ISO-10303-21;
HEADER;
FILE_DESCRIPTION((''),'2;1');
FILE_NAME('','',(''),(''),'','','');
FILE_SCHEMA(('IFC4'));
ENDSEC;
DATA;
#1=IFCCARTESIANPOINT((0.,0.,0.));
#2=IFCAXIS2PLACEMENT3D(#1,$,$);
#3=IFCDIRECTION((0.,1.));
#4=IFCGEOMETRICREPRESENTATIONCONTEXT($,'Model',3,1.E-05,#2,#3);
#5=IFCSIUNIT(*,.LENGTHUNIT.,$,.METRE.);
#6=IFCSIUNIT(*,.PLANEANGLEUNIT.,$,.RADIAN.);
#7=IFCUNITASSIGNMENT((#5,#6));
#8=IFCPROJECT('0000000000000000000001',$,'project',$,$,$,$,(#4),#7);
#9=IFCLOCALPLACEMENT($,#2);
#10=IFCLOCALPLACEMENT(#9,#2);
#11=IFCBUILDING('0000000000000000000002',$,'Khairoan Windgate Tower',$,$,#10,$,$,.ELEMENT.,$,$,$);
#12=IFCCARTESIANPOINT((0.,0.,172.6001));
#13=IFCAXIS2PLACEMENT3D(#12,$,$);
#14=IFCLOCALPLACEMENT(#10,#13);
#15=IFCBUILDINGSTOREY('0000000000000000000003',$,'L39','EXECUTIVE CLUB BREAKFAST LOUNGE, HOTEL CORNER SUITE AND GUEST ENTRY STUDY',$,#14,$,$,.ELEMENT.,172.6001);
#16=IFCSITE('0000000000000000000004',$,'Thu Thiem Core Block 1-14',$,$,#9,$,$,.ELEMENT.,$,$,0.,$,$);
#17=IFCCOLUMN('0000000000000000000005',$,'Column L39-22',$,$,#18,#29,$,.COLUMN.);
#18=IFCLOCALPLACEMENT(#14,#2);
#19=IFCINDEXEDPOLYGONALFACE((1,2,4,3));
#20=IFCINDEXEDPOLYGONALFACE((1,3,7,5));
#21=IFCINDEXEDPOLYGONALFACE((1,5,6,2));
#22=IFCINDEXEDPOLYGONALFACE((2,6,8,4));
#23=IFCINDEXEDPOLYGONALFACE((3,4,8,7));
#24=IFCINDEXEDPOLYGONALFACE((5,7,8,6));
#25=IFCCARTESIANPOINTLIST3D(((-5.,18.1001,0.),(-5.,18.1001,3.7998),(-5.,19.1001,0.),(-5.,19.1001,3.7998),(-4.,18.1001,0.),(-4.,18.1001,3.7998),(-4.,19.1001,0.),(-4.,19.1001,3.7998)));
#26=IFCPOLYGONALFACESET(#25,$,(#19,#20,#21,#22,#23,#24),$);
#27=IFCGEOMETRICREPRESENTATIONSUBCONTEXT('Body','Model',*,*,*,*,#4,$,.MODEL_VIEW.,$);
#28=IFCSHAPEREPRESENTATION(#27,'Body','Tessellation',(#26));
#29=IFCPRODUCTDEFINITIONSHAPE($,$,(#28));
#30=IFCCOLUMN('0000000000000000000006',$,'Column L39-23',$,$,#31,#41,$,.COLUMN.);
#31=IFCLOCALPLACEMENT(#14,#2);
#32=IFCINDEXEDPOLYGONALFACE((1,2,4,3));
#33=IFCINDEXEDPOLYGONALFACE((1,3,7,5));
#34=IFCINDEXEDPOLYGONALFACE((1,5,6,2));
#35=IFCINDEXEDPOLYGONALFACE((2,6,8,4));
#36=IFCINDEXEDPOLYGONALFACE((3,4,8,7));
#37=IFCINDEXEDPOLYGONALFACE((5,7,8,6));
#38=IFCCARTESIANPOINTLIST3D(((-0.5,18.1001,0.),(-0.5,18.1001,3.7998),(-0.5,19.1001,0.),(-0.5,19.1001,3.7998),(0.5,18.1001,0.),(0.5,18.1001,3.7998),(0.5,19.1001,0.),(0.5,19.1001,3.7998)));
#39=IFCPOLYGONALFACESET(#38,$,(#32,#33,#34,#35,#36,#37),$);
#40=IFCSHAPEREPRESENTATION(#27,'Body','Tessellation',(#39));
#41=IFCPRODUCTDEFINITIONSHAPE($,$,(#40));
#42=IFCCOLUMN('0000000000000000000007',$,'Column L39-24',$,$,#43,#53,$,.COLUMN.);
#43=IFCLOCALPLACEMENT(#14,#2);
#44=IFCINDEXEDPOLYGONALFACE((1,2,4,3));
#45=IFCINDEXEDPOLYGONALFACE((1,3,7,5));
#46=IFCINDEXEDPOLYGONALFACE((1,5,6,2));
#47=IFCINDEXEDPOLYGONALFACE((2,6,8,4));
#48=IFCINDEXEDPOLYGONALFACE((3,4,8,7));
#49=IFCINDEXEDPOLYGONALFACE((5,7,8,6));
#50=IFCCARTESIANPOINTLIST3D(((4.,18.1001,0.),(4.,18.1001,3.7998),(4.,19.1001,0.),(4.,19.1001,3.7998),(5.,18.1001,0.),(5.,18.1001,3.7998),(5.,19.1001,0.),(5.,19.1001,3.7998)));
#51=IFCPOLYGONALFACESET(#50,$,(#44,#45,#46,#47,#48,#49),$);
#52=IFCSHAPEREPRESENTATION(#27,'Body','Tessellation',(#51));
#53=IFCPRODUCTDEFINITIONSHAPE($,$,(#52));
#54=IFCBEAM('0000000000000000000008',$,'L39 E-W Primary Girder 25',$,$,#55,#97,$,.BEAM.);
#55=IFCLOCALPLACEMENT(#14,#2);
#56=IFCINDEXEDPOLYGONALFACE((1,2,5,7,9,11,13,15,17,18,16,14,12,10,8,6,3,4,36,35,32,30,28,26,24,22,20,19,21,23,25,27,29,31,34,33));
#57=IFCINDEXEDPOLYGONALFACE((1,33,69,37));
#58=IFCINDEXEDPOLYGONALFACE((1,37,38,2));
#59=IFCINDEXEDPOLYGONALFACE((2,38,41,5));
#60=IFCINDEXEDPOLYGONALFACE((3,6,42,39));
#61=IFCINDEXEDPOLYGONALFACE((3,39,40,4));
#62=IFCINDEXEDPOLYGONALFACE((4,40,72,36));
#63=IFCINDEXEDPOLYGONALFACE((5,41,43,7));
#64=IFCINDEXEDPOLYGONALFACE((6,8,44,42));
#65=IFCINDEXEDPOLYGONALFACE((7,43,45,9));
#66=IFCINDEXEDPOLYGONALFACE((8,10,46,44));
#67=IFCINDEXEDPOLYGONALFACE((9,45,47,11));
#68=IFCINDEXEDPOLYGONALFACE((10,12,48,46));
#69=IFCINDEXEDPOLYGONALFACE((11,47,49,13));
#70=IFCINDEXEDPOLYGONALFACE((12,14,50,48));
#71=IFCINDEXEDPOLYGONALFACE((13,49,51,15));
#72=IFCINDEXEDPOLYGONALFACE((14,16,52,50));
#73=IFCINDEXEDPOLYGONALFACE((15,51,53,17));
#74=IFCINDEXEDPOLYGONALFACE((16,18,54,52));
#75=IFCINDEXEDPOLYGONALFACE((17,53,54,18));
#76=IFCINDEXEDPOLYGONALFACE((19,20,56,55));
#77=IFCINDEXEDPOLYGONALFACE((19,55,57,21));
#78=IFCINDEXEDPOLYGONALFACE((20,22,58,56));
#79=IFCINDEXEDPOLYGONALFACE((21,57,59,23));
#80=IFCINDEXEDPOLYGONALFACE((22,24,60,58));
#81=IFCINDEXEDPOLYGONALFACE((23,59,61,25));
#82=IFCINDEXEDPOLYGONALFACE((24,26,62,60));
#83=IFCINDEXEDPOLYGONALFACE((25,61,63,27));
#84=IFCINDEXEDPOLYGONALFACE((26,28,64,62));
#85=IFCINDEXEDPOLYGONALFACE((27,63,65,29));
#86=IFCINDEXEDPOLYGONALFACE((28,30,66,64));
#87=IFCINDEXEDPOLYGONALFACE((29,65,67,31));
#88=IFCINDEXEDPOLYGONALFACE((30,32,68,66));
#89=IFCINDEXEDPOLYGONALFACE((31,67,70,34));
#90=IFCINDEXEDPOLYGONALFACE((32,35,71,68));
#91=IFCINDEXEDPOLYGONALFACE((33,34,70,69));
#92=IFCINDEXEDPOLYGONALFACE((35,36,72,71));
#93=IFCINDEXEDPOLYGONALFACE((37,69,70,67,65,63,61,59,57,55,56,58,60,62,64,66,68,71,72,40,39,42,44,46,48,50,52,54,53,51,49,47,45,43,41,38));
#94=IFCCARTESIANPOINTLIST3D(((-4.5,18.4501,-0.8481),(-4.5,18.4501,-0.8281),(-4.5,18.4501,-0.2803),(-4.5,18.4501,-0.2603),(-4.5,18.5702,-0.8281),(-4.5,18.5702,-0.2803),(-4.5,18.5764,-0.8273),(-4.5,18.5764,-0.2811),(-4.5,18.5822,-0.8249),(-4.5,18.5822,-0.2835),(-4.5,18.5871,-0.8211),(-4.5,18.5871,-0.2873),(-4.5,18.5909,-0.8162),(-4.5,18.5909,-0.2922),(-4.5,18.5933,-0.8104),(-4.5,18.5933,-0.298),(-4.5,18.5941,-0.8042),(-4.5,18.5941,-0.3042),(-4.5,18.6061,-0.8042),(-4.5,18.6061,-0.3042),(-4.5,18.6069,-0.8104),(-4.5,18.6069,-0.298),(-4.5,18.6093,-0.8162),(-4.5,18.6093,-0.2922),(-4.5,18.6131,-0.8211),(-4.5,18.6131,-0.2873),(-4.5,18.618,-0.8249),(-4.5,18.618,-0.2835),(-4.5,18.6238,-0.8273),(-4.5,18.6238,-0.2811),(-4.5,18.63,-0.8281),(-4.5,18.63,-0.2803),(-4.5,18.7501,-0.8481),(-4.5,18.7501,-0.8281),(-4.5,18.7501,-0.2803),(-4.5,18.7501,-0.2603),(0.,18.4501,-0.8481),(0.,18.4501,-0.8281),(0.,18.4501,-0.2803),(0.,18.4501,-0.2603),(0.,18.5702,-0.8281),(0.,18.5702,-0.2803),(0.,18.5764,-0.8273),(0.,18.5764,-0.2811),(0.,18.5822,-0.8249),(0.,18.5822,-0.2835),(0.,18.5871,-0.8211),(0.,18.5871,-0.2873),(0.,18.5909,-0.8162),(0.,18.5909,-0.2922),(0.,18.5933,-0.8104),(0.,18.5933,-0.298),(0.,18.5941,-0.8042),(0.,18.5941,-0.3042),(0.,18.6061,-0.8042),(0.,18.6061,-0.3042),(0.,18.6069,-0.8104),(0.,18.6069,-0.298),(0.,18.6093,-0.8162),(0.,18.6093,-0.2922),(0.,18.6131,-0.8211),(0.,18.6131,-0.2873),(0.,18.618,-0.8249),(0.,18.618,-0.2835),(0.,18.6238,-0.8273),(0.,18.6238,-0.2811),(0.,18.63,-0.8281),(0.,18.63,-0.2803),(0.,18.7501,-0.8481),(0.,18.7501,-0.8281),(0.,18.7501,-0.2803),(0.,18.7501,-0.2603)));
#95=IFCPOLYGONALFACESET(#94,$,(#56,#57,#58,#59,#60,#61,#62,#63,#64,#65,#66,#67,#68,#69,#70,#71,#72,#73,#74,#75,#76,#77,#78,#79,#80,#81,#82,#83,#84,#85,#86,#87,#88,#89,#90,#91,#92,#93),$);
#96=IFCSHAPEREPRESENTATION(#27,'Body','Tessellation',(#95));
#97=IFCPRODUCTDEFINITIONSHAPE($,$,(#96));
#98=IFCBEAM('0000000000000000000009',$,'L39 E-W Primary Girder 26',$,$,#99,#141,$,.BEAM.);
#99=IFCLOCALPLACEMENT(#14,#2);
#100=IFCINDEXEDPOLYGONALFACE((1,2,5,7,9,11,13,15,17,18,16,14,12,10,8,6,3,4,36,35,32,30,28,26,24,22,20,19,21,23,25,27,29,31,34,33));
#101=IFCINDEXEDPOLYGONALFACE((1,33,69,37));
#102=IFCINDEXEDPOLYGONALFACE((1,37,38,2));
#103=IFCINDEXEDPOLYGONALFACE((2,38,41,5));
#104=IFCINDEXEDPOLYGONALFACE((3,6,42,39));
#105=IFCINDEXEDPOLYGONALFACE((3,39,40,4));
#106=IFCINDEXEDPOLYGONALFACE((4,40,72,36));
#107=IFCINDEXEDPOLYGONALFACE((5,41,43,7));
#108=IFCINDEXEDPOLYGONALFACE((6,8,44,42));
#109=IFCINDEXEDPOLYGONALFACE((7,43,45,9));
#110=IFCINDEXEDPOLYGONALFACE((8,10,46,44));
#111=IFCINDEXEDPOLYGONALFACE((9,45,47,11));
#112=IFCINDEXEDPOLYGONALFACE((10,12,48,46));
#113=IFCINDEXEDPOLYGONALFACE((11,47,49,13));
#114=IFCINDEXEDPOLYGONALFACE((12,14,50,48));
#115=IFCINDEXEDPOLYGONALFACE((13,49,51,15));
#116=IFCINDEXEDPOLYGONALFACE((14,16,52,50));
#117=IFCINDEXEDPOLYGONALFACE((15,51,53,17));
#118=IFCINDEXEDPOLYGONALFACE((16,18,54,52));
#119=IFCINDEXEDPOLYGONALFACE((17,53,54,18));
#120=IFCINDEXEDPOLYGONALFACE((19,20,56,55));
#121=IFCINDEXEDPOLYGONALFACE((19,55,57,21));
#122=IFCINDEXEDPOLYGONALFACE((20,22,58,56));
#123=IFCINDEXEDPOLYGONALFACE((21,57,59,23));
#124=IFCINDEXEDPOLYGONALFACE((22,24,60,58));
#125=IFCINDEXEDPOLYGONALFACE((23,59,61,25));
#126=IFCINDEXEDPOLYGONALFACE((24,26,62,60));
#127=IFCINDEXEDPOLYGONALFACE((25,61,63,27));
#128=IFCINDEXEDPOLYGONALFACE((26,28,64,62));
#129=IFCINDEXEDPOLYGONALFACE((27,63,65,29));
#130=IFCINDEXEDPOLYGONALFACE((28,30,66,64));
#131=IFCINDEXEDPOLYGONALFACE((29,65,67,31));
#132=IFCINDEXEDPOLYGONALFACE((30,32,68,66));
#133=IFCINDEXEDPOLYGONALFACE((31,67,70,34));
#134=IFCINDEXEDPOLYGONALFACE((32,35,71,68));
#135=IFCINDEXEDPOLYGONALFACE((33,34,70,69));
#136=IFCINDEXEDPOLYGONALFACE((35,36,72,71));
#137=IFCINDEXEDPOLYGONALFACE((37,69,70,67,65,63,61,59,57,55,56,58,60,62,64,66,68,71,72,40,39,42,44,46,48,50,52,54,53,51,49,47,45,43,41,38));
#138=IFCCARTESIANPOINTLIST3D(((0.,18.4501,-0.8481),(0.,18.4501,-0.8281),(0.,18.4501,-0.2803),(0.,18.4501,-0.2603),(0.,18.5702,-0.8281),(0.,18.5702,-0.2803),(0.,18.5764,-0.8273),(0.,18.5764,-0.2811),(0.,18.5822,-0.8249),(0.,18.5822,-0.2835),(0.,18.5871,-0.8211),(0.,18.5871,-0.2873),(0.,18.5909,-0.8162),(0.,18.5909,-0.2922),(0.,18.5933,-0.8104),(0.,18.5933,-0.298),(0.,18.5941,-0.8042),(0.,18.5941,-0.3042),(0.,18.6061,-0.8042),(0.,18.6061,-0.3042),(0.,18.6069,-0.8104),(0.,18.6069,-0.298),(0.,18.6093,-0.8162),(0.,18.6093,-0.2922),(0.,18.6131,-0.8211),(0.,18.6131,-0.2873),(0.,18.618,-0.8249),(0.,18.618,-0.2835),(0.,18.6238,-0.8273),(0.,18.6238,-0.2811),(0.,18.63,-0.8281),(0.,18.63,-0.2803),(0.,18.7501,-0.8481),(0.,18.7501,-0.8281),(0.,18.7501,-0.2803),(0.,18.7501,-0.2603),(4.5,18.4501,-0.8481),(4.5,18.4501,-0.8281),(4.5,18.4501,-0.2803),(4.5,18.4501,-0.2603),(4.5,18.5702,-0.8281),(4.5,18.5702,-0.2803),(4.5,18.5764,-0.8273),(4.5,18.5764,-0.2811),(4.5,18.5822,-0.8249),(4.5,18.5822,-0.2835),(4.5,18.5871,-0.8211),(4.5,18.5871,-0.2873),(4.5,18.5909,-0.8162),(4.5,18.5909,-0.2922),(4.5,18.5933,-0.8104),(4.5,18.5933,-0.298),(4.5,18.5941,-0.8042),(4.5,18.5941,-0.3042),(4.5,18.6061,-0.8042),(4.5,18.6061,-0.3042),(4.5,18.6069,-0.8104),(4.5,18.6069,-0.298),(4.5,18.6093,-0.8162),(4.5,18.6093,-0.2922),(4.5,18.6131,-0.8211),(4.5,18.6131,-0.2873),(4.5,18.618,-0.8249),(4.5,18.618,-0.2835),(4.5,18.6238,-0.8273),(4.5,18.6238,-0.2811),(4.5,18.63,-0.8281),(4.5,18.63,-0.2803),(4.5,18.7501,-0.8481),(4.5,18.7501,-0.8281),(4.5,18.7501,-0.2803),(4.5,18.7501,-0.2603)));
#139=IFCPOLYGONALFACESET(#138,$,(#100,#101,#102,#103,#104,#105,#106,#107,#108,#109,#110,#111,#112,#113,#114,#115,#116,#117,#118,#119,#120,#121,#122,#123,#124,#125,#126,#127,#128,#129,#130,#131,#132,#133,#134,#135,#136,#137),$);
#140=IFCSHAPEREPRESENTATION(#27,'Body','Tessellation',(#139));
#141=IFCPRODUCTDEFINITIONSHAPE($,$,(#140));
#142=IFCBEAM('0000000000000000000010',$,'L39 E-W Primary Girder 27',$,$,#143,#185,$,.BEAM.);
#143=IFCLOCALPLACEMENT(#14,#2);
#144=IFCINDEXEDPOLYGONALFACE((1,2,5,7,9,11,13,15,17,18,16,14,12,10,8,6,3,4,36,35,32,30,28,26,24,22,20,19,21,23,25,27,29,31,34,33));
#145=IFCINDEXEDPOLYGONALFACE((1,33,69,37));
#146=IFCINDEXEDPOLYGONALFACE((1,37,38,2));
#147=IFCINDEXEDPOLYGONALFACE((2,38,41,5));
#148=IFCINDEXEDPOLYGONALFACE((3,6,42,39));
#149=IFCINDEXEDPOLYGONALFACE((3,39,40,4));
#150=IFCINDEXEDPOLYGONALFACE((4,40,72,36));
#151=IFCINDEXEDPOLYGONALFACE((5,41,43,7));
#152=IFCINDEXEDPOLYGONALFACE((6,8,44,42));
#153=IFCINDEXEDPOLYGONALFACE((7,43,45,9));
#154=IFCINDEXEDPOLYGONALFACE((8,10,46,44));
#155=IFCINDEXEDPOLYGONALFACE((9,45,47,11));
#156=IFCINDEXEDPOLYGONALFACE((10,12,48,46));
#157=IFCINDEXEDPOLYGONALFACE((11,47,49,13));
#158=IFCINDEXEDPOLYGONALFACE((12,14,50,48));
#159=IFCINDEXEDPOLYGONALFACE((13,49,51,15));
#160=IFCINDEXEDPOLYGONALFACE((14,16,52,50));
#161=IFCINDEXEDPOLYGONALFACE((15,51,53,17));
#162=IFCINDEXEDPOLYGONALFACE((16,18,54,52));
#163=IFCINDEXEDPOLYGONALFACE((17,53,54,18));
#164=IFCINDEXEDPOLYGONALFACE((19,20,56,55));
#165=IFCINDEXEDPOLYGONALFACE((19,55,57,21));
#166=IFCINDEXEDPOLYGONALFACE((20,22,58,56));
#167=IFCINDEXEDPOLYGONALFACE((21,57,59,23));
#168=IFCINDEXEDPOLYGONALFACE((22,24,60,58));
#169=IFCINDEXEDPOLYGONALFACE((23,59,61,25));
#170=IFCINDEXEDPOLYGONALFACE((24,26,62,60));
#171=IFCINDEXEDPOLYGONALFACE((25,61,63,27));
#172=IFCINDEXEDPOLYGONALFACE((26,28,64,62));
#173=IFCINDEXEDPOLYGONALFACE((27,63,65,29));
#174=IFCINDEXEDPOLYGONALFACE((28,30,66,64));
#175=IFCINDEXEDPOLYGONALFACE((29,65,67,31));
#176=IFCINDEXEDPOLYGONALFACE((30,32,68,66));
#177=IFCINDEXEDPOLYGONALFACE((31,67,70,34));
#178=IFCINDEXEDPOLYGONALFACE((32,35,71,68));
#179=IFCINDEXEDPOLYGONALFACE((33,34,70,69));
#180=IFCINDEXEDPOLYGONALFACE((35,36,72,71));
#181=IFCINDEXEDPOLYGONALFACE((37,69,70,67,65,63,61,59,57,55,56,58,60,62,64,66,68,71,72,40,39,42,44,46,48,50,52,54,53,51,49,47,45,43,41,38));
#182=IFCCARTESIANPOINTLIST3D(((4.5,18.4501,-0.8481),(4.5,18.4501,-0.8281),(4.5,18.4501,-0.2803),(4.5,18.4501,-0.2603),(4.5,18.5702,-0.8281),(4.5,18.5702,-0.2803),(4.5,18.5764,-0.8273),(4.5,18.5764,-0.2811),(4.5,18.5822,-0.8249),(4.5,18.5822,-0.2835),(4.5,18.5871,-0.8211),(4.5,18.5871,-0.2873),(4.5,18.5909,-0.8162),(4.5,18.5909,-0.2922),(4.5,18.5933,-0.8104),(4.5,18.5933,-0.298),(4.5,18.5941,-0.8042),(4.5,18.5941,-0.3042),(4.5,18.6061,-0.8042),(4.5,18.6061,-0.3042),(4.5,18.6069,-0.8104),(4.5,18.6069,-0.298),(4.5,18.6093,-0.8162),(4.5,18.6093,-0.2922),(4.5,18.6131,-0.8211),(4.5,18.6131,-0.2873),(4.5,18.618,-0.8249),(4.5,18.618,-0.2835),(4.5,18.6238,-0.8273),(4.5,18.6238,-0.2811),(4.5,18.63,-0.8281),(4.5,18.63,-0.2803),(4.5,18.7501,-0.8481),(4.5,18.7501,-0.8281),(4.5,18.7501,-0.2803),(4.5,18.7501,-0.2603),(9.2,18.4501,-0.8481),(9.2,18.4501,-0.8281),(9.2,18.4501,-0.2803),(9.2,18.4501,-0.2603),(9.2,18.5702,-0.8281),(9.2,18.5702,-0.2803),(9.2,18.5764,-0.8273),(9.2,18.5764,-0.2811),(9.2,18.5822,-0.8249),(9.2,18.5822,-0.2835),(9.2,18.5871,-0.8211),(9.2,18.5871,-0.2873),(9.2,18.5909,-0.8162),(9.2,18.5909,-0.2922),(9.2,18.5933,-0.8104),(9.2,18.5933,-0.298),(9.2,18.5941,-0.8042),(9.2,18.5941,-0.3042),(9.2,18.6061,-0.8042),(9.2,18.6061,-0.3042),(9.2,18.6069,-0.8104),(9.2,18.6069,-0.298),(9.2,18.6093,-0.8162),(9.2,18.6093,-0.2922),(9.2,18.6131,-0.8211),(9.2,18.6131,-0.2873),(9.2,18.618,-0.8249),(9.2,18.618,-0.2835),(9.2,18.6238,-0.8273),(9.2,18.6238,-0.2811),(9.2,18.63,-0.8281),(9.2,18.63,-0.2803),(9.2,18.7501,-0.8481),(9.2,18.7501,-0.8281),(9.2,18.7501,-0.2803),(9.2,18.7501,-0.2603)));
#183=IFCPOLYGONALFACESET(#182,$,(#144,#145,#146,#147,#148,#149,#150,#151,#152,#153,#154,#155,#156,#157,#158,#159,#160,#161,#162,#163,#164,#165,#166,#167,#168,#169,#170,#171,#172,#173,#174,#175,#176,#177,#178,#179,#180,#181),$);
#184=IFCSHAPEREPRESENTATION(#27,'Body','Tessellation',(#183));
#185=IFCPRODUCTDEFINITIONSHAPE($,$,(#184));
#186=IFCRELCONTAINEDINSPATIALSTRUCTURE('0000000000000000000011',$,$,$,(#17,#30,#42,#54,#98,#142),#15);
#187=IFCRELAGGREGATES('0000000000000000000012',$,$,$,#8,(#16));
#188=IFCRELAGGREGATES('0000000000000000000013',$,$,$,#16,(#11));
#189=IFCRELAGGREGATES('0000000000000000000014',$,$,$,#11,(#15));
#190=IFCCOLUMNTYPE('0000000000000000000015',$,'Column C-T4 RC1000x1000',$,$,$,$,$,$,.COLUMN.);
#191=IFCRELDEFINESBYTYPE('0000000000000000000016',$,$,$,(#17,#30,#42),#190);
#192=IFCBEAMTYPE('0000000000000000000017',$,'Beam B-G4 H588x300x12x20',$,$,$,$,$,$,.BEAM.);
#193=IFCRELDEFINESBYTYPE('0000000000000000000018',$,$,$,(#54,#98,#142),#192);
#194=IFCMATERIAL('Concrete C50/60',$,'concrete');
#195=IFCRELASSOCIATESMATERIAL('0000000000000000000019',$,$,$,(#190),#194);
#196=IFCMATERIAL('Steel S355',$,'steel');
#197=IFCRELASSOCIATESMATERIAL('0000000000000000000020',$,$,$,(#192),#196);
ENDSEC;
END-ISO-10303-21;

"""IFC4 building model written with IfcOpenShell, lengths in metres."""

from ifc_helpers import new_model, si_unit, direction, frame, origin, origin_2d, place, context, subcontext, project, spatial, rectangle, i_section, extrude, material, material_profile, profile_set, type_object, element, save


model = new_model("IFC4")

# Units and contexts
model_context = context("Model", 3, precision=1e-05, world=origin(), true_north=direction((0.0, 1.0)))
body_context = subcontext(model_context, "Body", "Model", "MODEL_VIEW")
ifc_project = project(units=[si_unit("LENGTHUNIT", "METRE"), si_unit("PLANEANGLEUNIT", "RADIAN")], contexts=[model_context])

# Site, building, storey
site_placement = place(None, origin())
site = spatial("IfcSite", under=ifc_project, at=site_placement, Name="Thu Thiem Core Block 1-14", CompositionType="ELEMENT", RefElevation=0.0)
building_placement = place(site_placement, origin())
building = spatial("IfcBuilding", under=site, at=building_placement, Name="Khairoan Windgate Tower", CompositionType="ELEMENT")
storey_placement = place(building_placement, frame((0.0, 0.0, 172.6001)))
storey = spatial("IfcBuildingStorey", under=building, at=storey_placement, Name="L39", Description="EXECUTIVE CLUB BREAKFAST LOUNGE, HOTEL CORNER SUITE AND GUEST ENTRY STUDY", CompositionType="ELEMENT", Elevation=172.6001)

# Columns
ifc_material_1 = material(Name="Concrete C50/60", Category="concrete")
ifc_material_profile_1 = material_profile(ifc_material_1, rectangle(XDim=1.0, YDim=1.0, at=origin_2d()))
ifc_profile_set_1 = profile_set([ifc_material_profile_1], Name="Concrete C50/60")
column_type = type_object("IfcColumnType", Name="Column C-T4 RC1000x1000", PredefinedType="COLUMN", material=ifc_profile_set_1)
for number, where, z_axis, x_axis, name in (
    (1, (-4.5, 18.6001, 0.0), (0.0, 0.0, 1.0), (1.0, 0.0, 0.0), "Column L39-22"),
    (2, (0.0, 18.6001, 0.0), (0.0, 0.0, 1.0), (1.0, 0.0, 0.0), "Column L39-23"),
    (3, (4.5, 18.6001, 0.0), (0.0, 0.0, 1.0), (1.0, 0.0, 0.0), "Column L39-24"),
):
    element("IfcColumn", number, at=place(storey_placement, frame(where, z_axis=z_axis, x_axis=x_axis)), inside=storey, type_object=column_type, Name=name, PredefinedType="COLUMN", context=body_context, shape_type="SweptSolid", body=[
        extrude(rectangle(XDim=1.0, YDim=1.0, at=origin_2d()), origin(), (0.0, 0.0, 1.0), 3.7998),
    ])

# Beams
ifc_material_2 = material(Name="Steel S355", Category="steel")
ifc_material_profile_2 = material_profile(ifc_material_2, i_section(OverallWidth=0.3, OverallDepth=0.5879, WebThickness=0.012, FlangeThickness=0.02, FilletRadius=0.0239, at=origin_2d()))
ifc_profile_set_2 = profile_set([ifc_material_profile_2], Name="Steel S355")
beam_type = type_object("IfcBeamType", Name="Beam B-G4 H588x300x12x20", PredefinedType="BEAM", material=ifc_profile_set_2)
for number, where, z_axis, x_axis, name in (
    (4, (-4.5, 18.6001, -0.5542), (1.0, 0.0, 0.0), (0.0, 1.0, 0.0), "L39 E-W Primary Girder 25"),
    (5, (0.0, 18.6001, -0.5542), (1.0, 0.0, 0.0), (0.0, 1.0, 0.0), "L39 E-W Primary Girder 26"),
):
    element("IfcBeam", number, at=place(storey_placement, frame(where, z_axis=z_axis, x_axis=x_axis)), inside=storey, type_object=beam_type, Name=name, PredefinedType="BEAM", context=body_context, shape_type="SweptSolid", body=[
        extrude(i_section(OverallWidth=0.3, OverallDepth=0.5879, WebThickness=0.012, FlangeThickness=0.02, FilletRadius=0.0239, at=origin_2d()), origin(), (0.0, 0.0, 1.0), 4.5),
    ])
beam_placement = place(storey_placement, frame((4.5, 18.6001, -0.5542), z_axis=(1.0, 0.0, 0.0), x_axis=(0.0, 1.0, 0.0)))
element("IfcBeam", 6, at=beam_placement, inside=storey, type_object=beam_type, Name="L39 E-W Primary Girder 27", PredefinedType="BEAM", context=body_context, shape_type="SweptSolid", body=[
    extrude(i_section(OverallWidth=0.3, OverallDepth=0.5879, WebThickness=0.012, FlangeThickness=0.02, FilletRadius=0.0239, at=origin_2d()), origin(), (0.0, 0.0, 1.0), 4.7),
])

save(model, "model.ifc")
